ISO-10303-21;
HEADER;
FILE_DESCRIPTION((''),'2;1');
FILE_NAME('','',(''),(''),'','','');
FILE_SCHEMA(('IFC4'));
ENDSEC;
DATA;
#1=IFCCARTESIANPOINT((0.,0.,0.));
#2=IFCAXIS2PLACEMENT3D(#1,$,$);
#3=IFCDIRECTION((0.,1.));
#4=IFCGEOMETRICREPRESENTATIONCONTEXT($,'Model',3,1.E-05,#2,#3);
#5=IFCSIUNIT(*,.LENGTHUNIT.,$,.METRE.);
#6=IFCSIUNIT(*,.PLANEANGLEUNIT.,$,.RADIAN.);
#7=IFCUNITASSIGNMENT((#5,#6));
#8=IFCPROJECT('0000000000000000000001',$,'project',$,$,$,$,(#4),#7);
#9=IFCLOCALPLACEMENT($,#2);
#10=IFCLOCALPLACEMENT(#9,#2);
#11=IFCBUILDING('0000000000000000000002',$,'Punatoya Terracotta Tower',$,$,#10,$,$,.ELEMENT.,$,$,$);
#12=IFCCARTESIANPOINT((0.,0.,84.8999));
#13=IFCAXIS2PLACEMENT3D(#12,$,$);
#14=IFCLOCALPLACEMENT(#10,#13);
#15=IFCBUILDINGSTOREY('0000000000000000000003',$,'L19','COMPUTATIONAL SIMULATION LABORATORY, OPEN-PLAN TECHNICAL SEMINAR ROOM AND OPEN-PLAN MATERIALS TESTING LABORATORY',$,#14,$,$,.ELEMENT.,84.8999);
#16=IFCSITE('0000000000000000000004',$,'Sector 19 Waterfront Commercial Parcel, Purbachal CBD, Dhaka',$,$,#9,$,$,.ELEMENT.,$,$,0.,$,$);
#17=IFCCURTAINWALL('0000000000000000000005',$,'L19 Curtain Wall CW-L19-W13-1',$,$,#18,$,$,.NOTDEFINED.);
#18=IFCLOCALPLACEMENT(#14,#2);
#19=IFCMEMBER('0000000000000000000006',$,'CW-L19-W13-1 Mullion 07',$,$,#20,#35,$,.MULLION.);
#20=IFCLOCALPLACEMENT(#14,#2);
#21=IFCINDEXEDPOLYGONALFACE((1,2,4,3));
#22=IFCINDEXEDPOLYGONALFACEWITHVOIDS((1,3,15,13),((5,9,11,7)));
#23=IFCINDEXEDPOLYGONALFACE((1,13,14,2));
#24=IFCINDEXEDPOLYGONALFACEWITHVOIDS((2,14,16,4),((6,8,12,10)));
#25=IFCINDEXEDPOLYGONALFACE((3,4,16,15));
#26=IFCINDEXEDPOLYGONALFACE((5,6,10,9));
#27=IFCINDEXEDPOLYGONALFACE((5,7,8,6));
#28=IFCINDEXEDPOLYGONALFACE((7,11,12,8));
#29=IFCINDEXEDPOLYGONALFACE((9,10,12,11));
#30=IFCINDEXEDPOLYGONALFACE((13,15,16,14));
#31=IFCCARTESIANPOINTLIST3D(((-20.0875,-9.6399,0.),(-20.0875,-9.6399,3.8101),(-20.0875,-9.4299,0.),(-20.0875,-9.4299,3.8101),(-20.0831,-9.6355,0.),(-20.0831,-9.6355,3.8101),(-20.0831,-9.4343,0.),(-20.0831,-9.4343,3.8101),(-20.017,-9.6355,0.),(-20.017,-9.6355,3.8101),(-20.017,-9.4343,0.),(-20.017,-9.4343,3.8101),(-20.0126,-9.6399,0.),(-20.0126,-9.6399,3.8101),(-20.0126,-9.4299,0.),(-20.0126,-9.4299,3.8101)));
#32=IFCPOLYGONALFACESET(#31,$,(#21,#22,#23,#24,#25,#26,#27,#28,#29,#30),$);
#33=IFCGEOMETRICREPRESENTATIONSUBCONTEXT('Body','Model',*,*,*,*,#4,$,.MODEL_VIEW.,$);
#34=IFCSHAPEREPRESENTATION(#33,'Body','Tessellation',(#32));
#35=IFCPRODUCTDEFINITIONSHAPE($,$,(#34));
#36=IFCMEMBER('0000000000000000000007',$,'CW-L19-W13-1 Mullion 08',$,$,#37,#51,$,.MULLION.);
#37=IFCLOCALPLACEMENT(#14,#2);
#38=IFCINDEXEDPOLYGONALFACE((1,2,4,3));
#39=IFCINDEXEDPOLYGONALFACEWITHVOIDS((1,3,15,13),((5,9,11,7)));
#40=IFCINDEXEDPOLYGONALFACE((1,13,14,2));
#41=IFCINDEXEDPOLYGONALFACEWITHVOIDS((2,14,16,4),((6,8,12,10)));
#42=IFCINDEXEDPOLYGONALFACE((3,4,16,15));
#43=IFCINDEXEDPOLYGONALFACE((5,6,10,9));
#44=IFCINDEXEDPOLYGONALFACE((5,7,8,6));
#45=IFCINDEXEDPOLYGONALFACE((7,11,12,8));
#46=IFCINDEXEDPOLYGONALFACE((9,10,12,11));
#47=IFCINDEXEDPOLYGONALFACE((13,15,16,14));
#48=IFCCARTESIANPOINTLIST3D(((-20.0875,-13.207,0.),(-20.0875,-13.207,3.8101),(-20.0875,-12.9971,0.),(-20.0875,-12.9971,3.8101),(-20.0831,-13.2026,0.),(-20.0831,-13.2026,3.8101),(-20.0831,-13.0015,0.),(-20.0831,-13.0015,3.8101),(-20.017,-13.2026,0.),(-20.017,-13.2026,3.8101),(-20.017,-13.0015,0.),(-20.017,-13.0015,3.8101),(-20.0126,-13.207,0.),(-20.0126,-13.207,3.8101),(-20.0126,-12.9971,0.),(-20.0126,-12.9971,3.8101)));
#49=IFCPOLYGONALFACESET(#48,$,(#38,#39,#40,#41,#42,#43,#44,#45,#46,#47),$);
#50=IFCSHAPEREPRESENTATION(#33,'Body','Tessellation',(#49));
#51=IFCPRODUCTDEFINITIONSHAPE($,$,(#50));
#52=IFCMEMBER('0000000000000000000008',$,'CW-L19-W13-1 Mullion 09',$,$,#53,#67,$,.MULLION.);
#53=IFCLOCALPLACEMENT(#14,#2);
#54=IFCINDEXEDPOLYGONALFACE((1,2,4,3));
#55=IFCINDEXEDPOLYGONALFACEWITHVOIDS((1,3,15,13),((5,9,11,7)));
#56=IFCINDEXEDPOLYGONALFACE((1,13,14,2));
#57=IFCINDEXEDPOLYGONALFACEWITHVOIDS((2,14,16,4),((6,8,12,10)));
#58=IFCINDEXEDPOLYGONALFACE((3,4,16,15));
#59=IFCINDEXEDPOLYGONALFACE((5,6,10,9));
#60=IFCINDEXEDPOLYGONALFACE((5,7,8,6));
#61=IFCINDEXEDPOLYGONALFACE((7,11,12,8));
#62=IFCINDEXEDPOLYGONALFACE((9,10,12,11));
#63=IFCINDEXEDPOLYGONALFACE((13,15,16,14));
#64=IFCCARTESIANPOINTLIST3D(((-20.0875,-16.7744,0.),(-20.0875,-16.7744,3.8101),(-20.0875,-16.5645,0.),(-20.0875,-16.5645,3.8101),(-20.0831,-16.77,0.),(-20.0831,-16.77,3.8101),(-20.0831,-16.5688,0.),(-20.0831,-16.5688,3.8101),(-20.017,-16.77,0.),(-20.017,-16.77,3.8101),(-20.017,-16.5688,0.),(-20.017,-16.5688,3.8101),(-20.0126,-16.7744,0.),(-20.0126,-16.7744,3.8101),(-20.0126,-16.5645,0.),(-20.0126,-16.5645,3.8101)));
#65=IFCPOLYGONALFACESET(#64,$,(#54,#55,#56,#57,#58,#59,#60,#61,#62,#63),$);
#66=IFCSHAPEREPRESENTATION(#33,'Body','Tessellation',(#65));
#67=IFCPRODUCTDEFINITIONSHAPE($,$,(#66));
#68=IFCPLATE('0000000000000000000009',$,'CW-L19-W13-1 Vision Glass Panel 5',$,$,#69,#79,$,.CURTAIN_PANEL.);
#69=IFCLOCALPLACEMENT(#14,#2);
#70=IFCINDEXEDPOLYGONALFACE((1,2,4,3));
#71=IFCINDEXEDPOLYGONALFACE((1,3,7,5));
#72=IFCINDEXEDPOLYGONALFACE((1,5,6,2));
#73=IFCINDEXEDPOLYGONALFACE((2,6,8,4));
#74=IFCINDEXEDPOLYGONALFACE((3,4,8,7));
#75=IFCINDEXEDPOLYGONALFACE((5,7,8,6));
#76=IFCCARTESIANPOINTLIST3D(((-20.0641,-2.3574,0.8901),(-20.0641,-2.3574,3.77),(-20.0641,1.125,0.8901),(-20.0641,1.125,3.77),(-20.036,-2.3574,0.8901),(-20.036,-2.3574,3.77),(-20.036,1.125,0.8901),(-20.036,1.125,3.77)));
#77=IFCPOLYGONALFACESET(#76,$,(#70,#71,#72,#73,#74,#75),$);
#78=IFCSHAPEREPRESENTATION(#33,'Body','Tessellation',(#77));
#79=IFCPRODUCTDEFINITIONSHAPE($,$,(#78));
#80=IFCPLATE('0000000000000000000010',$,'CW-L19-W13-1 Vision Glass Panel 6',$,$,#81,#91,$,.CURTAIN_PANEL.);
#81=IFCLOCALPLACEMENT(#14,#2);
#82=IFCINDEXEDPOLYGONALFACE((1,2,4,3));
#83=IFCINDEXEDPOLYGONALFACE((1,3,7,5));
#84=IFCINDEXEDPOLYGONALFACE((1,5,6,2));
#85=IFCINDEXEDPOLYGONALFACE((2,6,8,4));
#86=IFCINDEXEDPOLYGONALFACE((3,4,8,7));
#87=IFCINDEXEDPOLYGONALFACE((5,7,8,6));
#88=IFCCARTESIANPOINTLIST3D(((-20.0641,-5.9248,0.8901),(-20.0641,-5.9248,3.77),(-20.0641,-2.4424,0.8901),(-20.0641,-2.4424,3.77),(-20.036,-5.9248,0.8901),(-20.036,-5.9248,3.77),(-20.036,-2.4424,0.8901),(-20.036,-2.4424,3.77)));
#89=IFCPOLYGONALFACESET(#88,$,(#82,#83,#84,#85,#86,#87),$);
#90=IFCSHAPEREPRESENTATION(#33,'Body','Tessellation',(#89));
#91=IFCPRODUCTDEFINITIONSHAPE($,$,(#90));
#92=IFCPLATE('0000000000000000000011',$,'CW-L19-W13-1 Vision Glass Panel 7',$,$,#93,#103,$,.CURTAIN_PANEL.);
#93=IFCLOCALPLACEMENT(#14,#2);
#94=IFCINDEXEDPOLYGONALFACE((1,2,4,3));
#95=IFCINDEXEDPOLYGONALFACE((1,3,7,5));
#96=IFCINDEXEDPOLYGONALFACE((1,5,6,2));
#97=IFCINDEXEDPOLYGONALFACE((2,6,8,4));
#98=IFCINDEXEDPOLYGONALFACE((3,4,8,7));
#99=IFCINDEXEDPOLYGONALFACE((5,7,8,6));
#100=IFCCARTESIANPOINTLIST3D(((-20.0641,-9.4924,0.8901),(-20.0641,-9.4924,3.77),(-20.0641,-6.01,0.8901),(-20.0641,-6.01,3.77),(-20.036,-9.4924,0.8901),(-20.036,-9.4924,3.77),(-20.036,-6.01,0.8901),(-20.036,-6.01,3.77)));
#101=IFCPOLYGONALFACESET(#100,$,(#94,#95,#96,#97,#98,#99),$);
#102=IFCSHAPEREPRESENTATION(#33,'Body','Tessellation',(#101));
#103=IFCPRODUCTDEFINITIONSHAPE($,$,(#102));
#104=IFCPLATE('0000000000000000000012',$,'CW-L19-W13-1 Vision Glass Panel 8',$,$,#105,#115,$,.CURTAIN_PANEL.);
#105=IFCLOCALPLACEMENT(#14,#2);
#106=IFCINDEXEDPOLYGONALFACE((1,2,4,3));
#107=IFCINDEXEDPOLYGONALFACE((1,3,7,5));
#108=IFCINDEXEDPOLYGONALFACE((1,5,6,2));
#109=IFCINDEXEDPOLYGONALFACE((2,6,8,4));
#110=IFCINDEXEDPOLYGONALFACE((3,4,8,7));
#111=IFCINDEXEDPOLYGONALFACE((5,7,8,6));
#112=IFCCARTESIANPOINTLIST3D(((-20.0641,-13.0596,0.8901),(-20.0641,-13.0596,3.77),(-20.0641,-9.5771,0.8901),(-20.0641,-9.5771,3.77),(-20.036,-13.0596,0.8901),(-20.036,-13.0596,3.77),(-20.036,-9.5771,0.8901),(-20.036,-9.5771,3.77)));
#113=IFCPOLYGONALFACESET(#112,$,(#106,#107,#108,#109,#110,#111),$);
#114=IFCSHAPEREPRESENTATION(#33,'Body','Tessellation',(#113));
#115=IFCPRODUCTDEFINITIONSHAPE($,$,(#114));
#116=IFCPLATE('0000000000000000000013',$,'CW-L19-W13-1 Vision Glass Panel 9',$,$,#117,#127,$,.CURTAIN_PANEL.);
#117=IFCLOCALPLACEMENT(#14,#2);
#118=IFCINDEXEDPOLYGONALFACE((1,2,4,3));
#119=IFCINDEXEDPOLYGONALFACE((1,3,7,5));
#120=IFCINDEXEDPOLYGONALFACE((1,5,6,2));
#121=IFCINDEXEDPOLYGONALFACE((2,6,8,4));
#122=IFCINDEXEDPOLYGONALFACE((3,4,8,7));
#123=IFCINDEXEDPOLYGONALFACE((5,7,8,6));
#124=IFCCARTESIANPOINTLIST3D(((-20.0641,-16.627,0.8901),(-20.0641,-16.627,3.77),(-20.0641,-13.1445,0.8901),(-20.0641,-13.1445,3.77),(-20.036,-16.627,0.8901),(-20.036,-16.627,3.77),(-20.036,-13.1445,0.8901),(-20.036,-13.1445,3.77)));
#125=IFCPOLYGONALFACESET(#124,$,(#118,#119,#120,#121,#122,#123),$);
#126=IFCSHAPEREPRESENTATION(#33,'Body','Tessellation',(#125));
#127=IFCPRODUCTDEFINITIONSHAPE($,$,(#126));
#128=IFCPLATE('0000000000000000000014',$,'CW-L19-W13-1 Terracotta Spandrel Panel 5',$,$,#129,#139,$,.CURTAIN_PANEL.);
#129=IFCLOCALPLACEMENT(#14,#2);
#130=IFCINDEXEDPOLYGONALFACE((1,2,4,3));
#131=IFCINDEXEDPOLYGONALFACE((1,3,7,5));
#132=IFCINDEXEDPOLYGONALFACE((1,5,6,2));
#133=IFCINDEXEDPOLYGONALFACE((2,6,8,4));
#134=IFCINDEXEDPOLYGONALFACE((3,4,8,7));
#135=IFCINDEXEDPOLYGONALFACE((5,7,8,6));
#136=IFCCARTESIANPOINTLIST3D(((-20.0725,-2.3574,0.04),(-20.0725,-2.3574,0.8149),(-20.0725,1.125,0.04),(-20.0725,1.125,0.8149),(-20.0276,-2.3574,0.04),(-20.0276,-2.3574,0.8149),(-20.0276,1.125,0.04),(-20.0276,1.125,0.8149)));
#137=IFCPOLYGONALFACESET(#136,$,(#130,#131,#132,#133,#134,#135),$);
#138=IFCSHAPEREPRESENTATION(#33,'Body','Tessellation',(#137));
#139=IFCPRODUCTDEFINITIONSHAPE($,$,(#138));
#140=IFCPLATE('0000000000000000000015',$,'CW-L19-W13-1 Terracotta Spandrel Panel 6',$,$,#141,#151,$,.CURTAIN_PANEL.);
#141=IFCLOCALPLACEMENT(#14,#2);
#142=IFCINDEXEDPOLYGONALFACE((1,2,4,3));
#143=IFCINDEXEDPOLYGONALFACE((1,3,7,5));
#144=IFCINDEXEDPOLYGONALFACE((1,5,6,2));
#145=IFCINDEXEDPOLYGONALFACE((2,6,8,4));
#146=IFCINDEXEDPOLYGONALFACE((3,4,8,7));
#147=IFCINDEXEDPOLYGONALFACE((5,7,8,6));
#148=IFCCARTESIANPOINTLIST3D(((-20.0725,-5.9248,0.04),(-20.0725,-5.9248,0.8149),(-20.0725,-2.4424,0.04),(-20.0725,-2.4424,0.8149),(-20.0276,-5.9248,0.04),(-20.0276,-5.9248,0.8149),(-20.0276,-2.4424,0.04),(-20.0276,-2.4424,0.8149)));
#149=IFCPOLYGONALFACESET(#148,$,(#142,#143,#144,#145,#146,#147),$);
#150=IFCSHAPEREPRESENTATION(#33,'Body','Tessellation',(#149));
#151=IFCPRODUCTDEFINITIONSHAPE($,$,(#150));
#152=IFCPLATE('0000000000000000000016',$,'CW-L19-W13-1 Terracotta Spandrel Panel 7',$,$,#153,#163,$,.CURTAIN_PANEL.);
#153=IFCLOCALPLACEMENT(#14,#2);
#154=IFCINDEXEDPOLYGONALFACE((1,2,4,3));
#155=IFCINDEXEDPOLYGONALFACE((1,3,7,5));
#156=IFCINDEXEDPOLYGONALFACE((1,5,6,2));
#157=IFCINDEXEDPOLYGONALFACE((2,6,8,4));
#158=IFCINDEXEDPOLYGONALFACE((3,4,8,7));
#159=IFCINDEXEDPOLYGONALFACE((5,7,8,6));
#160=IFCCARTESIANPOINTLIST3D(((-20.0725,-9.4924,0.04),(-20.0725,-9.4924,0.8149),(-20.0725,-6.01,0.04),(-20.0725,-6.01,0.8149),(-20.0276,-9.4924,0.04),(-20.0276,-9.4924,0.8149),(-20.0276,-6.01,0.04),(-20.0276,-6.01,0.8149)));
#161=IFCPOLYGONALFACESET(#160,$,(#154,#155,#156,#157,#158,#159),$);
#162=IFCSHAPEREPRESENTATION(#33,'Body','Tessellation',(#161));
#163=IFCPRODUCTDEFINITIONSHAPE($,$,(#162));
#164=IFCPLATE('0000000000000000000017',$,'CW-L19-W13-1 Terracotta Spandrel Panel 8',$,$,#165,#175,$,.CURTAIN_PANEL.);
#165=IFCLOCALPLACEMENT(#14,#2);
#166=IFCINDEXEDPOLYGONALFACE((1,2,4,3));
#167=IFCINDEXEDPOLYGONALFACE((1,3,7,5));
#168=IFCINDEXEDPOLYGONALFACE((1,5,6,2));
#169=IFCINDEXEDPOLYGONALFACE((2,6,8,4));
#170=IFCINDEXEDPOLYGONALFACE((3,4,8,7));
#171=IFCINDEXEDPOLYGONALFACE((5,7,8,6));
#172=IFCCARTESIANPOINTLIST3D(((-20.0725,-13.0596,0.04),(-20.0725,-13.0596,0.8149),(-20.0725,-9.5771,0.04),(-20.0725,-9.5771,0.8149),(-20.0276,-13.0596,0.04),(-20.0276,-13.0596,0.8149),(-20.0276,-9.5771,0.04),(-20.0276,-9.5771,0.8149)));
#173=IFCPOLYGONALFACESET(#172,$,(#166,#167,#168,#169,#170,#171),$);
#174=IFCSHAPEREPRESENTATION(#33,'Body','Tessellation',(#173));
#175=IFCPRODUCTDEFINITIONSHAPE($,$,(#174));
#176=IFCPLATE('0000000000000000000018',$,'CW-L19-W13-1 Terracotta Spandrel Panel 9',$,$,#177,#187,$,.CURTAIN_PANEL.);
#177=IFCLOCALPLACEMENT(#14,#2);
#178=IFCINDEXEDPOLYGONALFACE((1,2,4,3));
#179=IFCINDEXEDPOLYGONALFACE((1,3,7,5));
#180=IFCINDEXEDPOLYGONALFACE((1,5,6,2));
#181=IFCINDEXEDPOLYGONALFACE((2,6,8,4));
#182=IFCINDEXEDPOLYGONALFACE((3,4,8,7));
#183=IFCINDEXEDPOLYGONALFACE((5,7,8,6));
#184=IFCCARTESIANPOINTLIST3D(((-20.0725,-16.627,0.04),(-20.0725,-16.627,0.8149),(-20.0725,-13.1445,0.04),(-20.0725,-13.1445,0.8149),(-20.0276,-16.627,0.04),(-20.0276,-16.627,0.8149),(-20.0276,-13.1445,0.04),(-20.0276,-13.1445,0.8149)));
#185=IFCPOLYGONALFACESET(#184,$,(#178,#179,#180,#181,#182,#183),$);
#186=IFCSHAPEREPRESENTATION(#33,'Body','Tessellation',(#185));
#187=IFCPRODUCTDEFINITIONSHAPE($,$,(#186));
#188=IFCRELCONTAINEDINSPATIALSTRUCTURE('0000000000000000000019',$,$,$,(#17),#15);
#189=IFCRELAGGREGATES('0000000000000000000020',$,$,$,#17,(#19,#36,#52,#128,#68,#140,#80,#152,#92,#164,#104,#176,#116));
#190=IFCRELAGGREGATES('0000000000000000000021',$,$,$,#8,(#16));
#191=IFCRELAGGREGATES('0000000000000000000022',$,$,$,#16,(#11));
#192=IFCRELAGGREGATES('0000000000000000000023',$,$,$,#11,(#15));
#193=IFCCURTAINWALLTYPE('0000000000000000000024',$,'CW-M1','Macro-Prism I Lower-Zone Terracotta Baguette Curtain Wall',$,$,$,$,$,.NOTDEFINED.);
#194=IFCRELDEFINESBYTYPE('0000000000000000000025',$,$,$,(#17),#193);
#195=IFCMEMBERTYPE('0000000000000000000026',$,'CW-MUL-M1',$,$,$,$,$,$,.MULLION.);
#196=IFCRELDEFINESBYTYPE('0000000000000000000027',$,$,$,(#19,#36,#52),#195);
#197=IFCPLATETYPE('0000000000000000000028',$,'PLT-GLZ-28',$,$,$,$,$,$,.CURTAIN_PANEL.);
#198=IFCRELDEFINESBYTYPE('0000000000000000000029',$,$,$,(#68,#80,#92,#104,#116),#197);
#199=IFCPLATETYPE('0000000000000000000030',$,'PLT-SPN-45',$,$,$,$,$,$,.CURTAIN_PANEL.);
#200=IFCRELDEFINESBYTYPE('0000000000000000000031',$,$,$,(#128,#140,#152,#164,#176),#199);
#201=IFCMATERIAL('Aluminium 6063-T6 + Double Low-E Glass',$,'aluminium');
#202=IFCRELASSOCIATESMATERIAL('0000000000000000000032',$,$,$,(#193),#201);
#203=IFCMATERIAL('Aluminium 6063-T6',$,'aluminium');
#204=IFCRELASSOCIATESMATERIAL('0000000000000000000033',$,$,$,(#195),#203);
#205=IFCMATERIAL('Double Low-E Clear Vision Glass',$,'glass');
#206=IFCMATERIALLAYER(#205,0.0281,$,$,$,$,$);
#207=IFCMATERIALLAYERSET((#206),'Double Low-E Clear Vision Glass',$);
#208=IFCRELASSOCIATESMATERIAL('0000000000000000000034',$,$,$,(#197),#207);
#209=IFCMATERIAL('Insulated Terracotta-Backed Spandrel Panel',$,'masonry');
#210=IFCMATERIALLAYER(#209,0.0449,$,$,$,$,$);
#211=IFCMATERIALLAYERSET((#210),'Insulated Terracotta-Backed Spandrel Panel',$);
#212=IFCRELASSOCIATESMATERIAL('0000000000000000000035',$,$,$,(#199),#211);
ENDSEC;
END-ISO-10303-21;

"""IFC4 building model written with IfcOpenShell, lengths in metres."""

from ifc_helpers import new_model, si_unit, direction, frame, origin, origin_2d, place, context, subcontext, project, spatial, rectangle, hollow_rectangle, extrude, material, layer, layer_set, material_profile, profile_set, type_object, element, aggregate, save


model = new_model("IFC4")

# Units and contexts
model_context = context("Model", 3, precision=1e-05, world=origin(), true_north=direction((0.0, 1.0)))
body_context = subcontext(model_context, "Body", "Model", "MODEL_VIEW")
ifc_project = project(units=[si_unit("LENGTHUNIT", "METRE"), si_unit("PLANEANGLEUNIT", "RADIAN")], contexts=[model_context])

# Site, building, storey
site_placement = place(None, origin())
site = spatial("IfcSite", under=ifc_project, at=site_placement, Name="Sector 19 Waterfront Commercial Parcel, Purbachal CBD, Dhaka", CompositionType="ELEMENT", RefElevation=0.0)
building_placement = place(site_placement, origin())
building = spatial("IfcBuilding", under=site, at=building_placement, Name="Punatoya Terracotta Tower", CompositionType="ELEMENT")
storey_placement = place(building_placement, frame((0.0, 0.0, 84.8999)))
storey = spatial("IfcBuildingStorey", under=building, at=storey_placement, Name="L19", Description="COMPUTATIONAL SIMULATION LABORATORY, OPEN-PLAN TECHNICAL SEMINAR ROOM AND OPEN-PLAN MATERIALS TESTING LABORATORY", CompositionType="ELEMENT", Elevation=84.8999)

# Curtain wall, members, plates
ifc_material_1 = material(Name="Aluminium 6063-T6 + Double Low-E Glass", Category="aluminium")
curtain_wall_type = type_object("IfcCurtainWallType", Name="CW-M1", Description="Macro-Prism I Lower-Zone Terracotta Baguette Curtain Wall", PredefinedType="NOTDEFINED", material=ifc_material_1)
curtain_wall_placement = place(storey_placement, origin())
curtain_wall = element("IfcCurtainWall", 1, at=curtain_wall_placement, inside=storey, type_object=curtain_wall_type, Name="L19 Curtain Wall CW-L19-W13-1", PredefinedType="NOTDEFINED")
ifc_material_2 = material(Name="Aluminium 6063-T6", Category="aluminium")
ifc_material_profile_1 = material_profile(ifc_material_2, hollow_rectangle(XDim=0.075, YDim=0.21, WallThickness=0.0044, at=origin_2d()))
ifc_profile_set_1 = profile_set([ifc_material_profile_1], Name="Aluminium 6063-T6")
member_type = type_object("IfcMemberType", Name="CW-MUL-M1", PredefinedType="MULLION", material=ifc_profile_set_1)
member_1_placement = place(storey_placement, frame((-20.05, -9.5349, 0.0), z_axis=(0.0, 0.0, 1.0), x_axis=(1.0, 0.0, 0.0)))
member_1 = element("IfcMember", 2, at=member_1_placement, type_object=member_type, Name="CW-L19-W13-1 Mullion 07", PredefinedType="MULLION", context=body_context, shape_type="SweptSolid", body=[
    extrude(hollow_rectangle(XDim=0.075, YDim=0.21, WallThickness=0.0044, at=origin_2d()), origin(), (0.0, 0.0, 1.0), 3.8101),
])
member_2_placement = place(storey_placement, frame((-20.05, -13.1021, 0.0), z_axis=(0.0, 0.0, 1.0), x_axis=(1.0, 0.0, 0.0)))
member_2 = element("IfcMember", 3, at=member_2_placement, type_object=member_type, Name="CW-L19-W13-1 Mullion 08", PredefinedType="MULLION", context=body_context, shape_type="SweptSolid", body=[
    extrude(hollow_rectangle(XDim=0.075, YDim=0.21, WallThickness=0.0044, at=origin_2d()), origin(), (0.0, 0.0, 1.0), 3.8101),
])
member_3_placement = place(storey_placement, frame((-20.05, -16.6694, 0.0), z_axis=(0.0, 0.0, 1.0), x_axis=(1.0, 0.0, 0.0)))
member_3 = element("IfcMember", 4, at=member_3_placement, type_object=member_type, Name="CW-L19-W13-1 Mullion 09", PredefinedType="MULLION", context=body_context, shape_type="SweptSolid", body=[
    extrude(hollow_rectangle(XDim=0.075, YDim=0.21, WallThickness=0.0044, at=origin_2d()), origin(), (0.0, 0.0, 1.0), 3.8101),
])
ifc_material_3 = material(Name="Double Low-E Clear Vision Glass", Category="glass")
ifc_layer_1 = layer(ifc_material_3, 0.0281)
ifc_layer_set_1 = layer_set([ifc_layer_1], Name="Double Low-E Clear Vision Glass")
plate_type_1 = type_object("IfcPlateType", Name="PLT-GLZ-28", PredefinedType="CURTAIN_PANEL", material=ifc_layer_set_1)
plate_1_placement = place(storey_placement, frame((-20.05, -0.6162, 0.8901), z_axis=(0.0, 0.0, 1.0), x_axis=(0.0, -1.0, 0.0)))
plate_1 = element("IfcPlate", 5, at=plate_1_placement, type_object=plate_type_1, Name="CW-L19-W13-1 Vision Glass Panel 5", PredefinedType="CURTAIN_PANEL", context=body_context, shape_type="SweptSolid", body=[
    extrude(rectangle(XDim=3.4824, YDim=0.0281, at=origin_2d()), origin(), (0.0, 0.0, 1.0), 2.8799),
])
plate_2_placement = place(storey_placement, frame((-20.05, -4.1836, 0.8901), z_axis=(0.0, 0.0, 1.0), x_axis=(0.0, -1.0, 0.0)))
plate_2 = element("IfcPlate", 6, at=plate_2_placement, type_object=plate_type_1, Name="CW-L19-W13-1 Vision Glass Panel 6", PredefinedType="CURTAIN_PANEL", context=body_context, shape_type="SweptSolid", body=[
    extrude(rectangle(XDim=3.4824, YDim=0.0281, at=origin_2d()), origin(), (0.0, 0.0, 1.0), 2.8799),
])
plate_3_placement = place(storey_placement, frame((-20.05, -7.7512, 0.8901), z_axis=(0.0, 0.0, 1.0), x_axis=(0.0, -1.0, 0.0)))
plate_3 = element("IfcPlate", 7, at=plate_3_placement, type_object=plate_type_1, Name="CW-L19-W13-1 Vision Glass Panel 7", PredefinedType="CURTAIN_PANEL", context=body_context, shape_type="SweptSolid", body=[
    extrude(rectangle(XDim=3.4824, YDim=0.0281, at=origin_2d()), origin(), (0.0, 0.0, 1.0), 2.8799),
])
plate_4_placement = place(storey_placement, frame((-20.05, -11.3184, 0.8901), z_axis=(0.0, 0.0, 1.0), x_axis=(0.0, -1.0, 0.0)))
plate_4 = element("IfcPlate", 8, at=plate_4_placement, type_object=plate_type_1, Name="CW-L19-W13-1 Vision Glass Panel 8", PredefinedType="CURTAIN_PANEL", context=body_context, shape_type="SweptSolid", body=[
    extrude(rectangle(XDim=3.4824, YDim=0.0281, at=origin_2d()), origin(), (0.0, 0.0, 1.0), 2.8799),
])
plate_5_placement = place(storey_placement, frame((-20.05, -14.8857, 0.8901), z_axis=(0.0, 0.0, 1.0), x_axis=(0.0, -1.0, 0.0)))
plate_5 = element("IfcPlate", 9, at=plate_5_placement, type_object=plate_type_1, Name="CW-L19-W13-1 Vision Glass Panel 9", PredefinedType="CURTAIN_PANEL", context=body_context, shape_type="SweptSolid", body=[
    extrude(rectangle(XDim=3.4824, YDim=0.0281, at=origin_2d()), origin(), (0.0, 0.0, 1.0), 2.8799),
])
ifc_material_4 = material(Name="Insulated Terracotta-Backed Spandrel Panel", Category="masonry")
ifc_layer_2 = layer(ifc_material_4, 0.0449)
ifc_layer_set_2 = layer_set([ifc_layer_2], Name="Insulated Terracotta-Backed Spandrel Panel")
plate_type_2 = type_object("IfcPlateType", Name="PLT-SPN-45", PredefinedType="CURTAIN_PANEL", material=ifc_layer_set_2)
plate_6_placement = place(storey_placement, frame((-20.05, -0.6162, 0.04), z_axis=(0.0, 0.0, 1.0), x_axis=(0.0, -1.0, 0.0)))
plate_6 = element("IfcPlate", 10, at=plate_6_placement, type_object=plate_type_2, Name="CW-L19-W13-1 Terracotta Spandrel Panel 5", PredefinedType="CURTAIN_PANEL", context=body_context, shape_type="SweptSolid", body=[
    extrude(rectangle(XDim=3.4824, YDim=0.0449, at=origin_2d()), origin(), (0.0, 0.0, 1.0), 0.7749),
])
plate_7_placement = place(storey_placement, frame((-20.05, -4.1836, 0.04), z_axis=(0.0, 0.0, 1.0), x_axis=(0.0, -1.0, 0.0)))
plate_7 = element("IfcPlate", 11, at=plate_7_placement, type_object=plate_type_2, Name="CW-L19-W13-1 Terracotta Spandrel Panel 6", PredefinedType="CURTAIN_PANEL", context=body_context, shape_type="SweptSolid", body=[
    extrude(rectangle(XDim=3.4824, YDim=0.0449, at=origin_2d()), origin(), (0.0, 0.0, 1.0), 0.7749),
])
plate_8_placement = place(storey_placement, frame((-20.05, -7.7512, 0.04), z_axis=(0.0, 0.0, 1.0), x_axis=(0.0, -1.0, 0.0)))
plate_8 = element("IfcPlate", 12, at=plate_8_placement, type_object=plate_type_2, Name="CW-L19-W13-1 Terracotta Spandrel Panel 7", PredefinedType="CURTAIN_PANEL", context=body_context, shape_type="SweptSolid", body=[
    extrude(rectangle(XDim=3.4824, YDim=0.0449, at=origin_2d()), origin(), (0.0, 0.0, 1.0), 0.7749),
])
plate_9_placement = place(storey_placement, frame((-20.05, -11.3184, 0.04), z_axis=(0.0, 0.0, 1.0), x_axis=(0.0, -1.0, 0.0)))
plate_9 = element("IfcPlate", 13, at=plate_9_placement, type_object=plate_type_2, Name="CW-L19-W13-1 Terracotta Spandrel Panel 8", PredefinedType="CURTAIN_PANEL", context=body_context, shape_type="SweptSolid", body=[
    extrude(rectangle(XDim=3.4824, YDim=0.0449, at=origin_2d()), origin(), (0.0, 0.0, 1.0), 0.7749),
])
plate_10_placement = place(storey_placement, frame((-20.05, -14.8857, 0.04), z_axis=(0.0, 0.0, 1.0), x_axis=(0.0, -1.0, 0.0)))
plate_10 = element("IfcPlate", 14, at=plate_10_placement, type_object=plate_type_2, Name="CW-L19-W13-1 Terracotta Spandrel Panel 9", PredefinedType="CURTAIN_PANEL", context=body_context, shape_type="SweptSolid", body=[
    extrude(rectangle(XDim=3.4824, YDim=0.0449, at=origin_2d()), origin(), (0.0, 0.0, 1.0), 0.7749),
])
aggregate(curtain_wall, [member_1, member_2, member_3, plate_6, plate_1, plate_7, plate_2, plate_8, plate_3, plate_9, plate_4, plate_10, plate_5])

save(model, "model.ifc")
